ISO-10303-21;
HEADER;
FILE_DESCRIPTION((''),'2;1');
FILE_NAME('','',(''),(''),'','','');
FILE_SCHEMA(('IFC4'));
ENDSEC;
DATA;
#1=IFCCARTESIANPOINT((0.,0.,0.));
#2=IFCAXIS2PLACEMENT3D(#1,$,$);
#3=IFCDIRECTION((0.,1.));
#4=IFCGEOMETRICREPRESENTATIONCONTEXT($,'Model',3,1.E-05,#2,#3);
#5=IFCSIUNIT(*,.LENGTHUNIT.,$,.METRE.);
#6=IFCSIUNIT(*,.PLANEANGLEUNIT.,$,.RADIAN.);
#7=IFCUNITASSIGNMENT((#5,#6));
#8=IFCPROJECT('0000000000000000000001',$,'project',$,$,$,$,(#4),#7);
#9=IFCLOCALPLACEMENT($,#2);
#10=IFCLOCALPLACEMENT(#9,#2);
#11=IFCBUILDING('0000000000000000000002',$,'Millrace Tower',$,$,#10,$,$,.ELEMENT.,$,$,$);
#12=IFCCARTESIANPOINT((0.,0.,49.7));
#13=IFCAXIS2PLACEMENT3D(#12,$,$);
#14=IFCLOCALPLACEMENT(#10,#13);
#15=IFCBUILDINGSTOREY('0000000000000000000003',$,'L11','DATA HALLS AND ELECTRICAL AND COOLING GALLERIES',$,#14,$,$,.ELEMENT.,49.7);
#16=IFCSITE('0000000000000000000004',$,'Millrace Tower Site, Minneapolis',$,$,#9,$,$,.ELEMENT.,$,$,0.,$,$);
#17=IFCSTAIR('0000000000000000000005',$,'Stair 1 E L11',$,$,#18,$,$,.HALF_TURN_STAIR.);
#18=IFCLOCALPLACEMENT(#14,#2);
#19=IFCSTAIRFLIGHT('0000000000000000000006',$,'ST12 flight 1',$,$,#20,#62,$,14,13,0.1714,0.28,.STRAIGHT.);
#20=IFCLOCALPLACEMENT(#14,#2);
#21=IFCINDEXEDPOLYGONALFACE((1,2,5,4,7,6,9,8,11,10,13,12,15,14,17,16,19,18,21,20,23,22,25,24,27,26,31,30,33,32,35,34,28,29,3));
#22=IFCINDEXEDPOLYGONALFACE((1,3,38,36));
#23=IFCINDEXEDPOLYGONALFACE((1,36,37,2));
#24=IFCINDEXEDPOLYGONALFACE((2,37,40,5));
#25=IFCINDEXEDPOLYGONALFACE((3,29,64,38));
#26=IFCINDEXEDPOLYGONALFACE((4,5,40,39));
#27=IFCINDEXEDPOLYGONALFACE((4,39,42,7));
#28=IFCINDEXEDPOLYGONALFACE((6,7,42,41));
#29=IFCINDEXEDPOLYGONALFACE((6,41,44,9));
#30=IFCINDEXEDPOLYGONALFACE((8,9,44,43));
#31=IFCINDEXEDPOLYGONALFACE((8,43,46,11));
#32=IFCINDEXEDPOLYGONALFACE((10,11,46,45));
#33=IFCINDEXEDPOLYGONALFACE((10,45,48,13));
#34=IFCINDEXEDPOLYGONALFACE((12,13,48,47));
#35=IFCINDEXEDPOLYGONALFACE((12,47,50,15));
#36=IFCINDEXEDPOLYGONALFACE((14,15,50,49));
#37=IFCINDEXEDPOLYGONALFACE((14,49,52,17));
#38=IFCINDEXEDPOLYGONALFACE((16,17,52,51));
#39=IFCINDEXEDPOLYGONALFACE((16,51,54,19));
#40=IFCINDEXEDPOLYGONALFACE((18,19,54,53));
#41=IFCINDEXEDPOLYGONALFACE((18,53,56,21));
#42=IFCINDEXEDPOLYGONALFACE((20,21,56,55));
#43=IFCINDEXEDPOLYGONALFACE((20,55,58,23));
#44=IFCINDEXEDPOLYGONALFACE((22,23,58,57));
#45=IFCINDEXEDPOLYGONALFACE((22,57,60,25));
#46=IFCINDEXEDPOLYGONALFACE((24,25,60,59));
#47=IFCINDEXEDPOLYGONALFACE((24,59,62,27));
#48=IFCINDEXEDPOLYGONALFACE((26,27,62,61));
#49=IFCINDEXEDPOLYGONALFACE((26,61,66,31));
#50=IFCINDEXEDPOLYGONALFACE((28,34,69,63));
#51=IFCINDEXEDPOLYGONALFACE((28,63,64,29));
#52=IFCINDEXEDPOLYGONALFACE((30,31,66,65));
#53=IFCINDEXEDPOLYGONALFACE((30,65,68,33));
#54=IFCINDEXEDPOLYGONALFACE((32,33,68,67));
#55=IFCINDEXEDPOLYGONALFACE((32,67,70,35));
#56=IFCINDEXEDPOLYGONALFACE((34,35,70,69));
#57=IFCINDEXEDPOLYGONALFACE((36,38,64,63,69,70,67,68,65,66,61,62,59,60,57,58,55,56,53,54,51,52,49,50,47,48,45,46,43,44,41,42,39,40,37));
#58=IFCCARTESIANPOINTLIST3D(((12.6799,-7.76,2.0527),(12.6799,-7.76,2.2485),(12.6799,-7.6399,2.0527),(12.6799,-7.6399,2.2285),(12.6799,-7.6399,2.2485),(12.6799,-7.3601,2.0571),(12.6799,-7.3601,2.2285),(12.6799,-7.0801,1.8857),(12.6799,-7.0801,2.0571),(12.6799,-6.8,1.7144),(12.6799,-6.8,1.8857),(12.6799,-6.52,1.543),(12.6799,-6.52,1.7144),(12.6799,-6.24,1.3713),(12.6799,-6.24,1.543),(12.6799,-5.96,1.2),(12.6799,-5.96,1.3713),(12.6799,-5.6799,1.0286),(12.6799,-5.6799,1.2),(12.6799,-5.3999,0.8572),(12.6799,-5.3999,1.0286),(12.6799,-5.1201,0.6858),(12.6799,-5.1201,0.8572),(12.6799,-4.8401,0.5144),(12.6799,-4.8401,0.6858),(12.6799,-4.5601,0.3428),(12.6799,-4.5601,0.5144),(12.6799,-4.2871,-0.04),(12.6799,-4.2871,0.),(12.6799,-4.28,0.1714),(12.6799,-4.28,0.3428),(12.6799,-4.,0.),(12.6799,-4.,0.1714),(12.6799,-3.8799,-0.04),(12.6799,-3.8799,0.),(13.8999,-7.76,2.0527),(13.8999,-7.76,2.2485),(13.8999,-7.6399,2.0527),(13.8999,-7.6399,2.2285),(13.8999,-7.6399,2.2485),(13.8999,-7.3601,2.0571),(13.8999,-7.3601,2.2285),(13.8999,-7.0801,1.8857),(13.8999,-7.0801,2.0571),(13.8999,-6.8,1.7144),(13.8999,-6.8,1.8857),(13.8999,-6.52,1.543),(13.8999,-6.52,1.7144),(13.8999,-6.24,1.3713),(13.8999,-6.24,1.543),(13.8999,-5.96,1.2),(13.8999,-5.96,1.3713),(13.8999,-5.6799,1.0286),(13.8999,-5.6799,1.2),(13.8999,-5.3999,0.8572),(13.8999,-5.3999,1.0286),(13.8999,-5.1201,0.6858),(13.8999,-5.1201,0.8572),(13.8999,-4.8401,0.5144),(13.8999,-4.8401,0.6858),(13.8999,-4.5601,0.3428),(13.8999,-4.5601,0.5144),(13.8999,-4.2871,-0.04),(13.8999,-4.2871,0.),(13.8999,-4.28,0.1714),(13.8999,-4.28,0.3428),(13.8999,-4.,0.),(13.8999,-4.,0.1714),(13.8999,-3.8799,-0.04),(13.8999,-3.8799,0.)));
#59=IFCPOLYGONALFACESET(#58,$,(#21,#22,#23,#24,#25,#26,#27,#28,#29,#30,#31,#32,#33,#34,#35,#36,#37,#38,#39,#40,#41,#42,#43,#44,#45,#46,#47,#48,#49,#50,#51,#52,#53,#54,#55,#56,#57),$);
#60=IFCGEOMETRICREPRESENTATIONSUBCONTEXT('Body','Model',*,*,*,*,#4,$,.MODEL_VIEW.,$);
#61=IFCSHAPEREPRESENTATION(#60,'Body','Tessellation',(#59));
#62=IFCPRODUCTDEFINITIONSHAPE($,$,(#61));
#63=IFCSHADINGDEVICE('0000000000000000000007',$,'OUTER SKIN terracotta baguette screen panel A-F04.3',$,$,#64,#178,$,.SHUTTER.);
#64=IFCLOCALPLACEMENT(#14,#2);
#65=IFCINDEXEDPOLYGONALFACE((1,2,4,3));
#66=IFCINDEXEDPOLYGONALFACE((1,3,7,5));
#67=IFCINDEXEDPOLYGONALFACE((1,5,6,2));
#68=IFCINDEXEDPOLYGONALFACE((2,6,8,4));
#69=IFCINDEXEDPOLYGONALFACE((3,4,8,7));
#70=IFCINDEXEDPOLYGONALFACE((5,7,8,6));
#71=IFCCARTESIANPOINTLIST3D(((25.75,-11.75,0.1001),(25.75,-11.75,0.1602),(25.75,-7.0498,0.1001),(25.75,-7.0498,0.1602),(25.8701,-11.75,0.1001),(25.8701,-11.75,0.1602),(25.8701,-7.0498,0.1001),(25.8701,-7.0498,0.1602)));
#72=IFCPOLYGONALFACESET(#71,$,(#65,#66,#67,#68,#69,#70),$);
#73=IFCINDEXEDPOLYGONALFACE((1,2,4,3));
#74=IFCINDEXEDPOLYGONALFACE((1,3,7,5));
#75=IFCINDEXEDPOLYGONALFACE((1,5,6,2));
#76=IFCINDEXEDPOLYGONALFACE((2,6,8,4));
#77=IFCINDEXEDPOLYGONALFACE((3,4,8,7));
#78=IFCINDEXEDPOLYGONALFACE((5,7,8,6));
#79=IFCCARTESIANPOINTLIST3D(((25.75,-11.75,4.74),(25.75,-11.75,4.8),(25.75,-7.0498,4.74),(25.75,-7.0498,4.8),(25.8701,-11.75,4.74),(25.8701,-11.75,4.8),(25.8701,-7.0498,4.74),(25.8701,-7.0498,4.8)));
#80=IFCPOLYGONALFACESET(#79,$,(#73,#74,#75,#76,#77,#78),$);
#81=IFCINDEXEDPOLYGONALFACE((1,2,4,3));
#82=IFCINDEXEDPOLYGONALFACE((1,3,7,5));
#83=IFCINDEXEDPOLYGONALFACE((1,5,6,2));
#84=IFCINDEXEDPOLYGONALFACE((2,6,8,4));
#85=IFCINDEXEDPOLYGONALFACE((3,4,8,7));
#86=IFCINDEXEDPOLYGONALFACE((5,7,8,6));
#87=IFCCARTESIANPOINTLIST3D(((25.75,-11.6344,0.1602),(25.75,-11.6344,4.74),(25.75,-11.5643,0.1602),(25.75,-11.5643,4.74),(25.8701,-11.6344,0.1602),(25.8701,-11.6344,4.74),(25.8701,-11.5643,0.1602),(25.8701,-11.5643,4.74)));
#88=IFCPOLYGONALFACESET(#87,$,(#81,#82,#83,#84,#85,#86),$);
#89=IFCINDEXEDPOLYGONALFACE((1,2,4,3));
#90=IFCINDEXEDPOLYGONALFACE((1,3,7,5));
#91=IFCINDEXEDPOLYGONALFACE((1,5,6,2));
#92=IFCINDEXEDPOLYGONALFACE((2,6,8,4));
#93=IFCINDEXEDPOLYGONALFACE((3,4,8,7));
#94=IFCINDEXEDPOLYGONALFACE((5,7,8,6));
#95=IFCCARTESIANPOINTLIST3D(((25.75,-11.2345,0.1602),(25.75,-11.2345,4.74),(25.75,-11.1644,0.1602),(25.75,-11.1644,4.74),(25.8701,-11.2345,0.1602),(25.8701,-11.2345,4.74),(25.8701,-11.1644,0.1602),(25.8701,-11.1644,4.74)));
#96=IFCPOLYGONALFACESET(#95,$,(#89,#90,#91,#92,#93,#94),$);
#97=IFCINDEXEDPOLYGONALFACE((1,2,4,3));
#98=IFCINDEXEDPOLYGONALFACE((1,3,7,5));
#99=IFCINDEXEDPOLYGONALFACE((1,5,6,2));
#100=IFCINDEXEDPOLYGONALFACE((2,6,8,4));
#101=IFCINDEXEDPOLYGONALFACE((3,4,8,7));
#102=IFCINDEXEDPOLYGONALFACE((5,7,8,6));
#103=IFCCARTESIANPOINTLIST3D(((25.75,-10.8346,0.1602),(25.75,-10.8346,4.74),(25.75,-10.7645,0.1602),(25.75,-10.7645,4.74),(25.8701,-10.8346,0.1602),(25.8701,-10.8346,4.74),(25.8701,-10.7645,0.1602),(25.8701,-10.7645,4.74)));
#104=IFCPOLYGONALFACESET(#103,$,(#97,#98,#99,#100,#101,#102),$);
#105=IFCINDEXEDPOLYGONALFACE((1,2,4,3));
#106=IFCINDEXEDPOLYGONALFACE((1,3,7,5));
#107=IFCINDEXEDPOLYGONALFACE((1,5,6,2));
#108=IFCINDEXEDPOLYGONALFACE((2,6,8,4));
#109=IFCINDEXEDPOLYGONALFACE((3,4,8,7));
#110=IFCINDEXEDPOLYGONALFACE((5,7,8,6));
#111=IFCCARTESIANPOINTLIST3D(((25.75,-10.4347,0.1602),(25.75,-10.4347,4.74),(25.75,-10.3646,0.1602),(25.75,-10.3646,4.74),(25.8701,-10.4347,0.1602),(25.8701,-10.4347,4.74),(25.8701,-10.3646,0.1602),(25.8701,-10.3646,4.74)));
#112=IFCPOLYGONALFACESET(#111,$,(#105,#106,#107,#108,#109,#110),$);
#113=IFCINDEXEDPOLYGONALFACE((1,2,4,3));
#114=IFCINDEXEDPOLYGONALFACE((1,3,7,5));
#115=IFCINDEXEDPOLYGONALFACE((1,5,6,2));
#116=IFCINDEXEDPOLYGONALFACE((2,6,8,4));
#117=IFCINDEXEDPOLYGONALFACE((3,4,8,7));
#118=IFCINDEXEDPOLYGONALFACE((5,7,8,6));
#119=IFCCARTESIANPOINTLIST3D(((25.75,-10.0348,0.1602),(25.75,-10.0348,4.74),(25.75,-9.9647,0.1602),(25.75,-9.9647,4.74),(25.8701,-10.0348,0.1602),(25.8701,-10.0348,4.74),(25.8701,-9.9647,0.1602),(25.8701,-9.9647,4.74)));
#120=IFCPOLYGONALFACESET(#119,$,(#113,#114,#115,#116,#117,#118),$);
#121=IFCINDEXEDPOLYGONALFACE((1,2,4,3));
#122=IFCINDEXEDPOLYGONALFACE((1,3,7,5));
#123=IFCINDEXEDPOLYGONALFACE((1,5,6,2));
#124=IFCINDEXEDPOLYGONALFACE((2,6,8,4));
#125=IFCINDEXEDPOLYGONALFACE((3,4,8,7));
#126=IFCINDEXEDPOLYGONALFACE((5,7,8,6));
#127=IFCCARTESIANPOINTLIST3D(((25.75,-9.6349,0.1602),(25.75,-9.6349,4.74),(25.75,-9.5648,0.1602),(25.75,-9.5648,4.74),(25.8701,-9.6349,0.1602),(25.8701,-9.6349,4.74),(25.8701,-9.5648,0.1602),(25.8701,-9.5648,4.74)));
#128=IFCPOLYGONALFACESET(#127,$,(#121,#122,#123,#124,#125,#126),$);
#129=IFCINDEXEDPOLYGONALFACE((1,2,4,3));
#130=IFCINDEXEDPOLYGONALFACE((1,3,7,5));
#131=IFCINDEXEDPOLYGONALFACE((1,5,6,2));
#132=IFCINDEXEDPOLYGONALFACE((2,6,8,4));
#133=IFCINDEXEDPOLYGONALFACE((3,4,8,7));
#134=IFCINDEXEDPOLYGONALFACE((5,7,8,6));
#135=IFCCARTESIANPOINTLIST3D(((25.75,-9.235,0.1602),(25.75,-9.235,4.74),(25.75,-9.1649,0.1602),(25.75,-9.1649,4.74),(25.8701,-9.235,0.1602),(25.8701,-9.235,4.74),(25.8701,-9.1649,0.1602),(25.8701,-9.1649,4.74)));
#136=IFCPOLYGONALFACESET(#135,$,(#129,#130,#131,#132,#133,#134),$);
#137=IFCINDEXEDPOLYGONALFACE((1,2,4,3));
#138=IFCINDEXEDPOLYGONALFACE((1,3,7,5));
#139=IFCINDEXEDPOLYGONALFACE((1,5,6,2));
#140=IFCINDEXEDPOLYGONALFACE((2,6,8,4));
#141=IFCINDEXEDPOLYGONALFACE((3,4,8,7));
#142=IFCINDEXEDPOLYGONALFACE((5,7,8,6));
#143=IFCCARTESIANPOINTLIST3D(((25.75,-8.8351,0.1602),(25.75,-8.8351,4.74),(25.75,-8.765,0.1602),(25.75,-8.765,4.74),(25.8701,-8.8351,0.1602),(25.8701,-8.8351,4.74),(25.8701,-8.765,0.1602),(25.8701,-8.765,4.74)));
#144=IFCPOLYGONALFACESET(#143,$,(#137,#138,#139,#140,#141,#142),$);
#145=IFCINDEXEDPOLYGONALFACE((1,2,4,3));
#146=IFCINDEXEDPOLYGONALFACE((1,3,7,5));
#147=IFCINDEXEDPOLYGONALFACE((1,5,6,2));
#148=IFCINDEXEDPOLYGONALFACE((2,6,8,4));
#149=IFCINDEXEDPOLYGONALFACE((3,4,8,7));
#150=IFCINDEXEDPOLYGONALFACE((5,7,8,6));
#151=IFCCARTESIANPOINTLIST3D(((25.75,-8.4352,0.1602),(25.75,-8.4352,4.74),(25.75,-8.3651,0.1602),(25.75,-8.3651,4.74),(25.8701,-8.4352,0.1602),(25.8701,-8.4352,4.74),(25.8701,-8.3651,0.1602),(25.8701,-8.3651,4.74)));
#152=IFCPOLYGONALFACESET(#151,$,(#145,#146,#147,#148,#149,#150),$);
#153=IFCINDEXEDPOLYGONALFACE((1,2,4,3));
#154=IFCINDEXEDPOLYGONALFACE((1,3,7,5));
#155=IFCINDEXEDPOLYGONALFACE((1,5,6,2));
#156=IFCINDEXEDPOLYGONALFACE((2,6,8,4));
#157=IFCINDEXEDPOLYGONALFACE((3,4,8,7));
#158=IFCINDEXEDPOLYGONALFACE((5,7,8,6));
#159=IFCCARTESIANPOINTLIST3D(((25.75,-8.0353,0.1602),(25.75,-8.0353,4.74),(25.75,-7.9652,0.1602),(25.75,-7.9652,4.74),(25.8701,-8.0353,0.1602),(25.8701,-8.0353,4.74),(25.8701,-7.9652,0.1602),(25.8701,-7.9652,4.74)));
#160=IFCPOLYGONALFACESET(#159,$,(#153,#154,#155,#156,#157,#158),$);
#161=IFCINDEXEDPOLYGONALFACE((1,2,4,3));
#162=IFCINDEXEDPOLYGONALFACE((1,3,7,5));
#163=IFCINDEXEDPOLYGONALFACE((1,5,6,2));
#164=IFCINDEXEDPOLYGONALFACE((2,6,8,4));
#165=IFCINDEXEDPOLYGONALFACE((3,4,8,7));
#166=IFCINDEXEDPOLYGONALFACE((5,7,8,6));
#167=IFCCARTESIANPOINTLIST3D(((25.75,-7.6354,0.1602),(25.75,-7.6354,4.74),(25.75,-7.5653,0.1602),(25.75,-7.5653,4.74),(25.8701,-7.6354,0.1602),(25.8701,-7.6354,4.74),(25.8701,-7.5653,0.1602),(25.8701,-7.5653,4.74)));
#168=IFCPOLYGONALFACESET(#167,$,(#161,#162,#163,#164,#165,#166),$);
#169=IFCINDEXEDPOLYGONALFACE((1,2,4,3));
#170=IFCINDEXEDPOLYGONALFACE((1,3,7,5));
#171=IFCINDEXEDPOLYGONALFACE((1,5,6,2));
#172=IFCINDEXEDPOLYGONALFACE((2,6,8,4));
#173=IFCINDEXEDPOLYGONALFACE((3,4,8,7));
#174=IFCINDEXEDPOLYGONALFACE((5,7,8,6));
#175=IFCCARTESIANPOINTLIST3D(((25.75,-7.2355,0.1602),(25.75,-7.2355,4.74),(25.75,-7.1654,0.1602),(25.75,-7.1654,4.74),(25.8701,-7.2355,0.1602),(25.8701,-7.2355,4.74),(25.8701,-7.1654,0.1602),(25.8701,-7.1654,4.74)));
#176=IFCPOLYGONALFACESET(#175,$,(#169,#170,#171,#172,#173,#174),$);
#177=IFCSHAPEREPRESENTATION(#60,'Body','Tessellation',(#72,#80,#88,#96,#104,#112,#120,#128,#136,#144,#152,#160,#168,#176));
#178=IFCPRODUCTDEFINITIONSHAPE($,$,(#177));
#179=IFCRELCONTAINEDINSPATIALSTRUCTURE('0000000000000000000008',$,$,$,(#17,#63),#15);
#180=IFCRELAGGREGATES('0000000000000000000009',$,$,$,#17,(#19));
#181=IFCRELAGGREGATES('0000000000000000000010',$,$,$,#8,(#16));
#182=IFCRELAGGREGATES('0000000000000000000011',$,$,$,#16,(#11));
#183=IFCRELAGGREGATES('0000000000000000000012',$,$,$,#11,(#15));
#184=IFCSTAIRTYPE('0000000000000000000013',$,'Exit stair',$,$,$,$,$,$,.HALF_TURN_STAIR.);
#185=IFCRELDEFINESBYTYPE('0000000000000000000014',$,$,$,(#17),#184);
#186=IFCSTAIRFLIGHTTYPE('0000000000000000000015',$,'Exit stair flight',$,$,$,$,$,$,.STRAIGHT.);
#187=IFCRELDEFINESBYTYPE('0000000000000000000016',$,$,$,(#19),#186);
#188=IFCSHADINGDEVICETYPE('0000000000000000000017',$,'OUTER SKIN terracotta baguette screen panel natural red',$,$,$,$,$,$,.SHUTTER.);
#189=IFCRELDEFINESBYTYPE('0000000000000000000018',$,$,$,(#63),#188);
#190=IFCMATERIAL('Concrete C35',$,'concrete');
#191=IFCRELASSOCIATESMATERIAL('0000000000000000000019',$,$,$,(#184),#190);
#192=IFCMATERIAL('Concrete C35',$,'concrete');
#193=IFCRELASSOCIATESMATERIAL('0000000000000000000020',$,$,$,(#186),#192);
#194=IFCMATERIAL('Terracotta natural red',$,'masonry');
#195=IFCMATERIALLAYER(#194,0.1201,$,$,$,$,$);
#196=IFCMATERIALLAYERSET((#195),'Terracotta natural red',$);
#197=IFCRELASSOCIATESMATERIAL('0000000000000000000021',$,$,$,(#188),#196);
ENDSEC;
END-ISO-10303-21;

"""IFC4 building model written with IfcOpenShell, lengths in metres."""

from ifc_helpers import new_model, entity, si_unit, direction, frame, frame_2d, origin, place, context, subcontext, project, spatial, polyline, rectangle, outline, extrude, source, transform, mapped, material, layer, layer_set, type_object, element, aggregate, save


model = new_model("IFC4")

# Units and contexts
model_context = context("Model", 3, precision=1e-05, world=origin(), true_north=direction((0.0, 1.0)))
body_context = subcontext(model_context, "Body", "Model", "MODEL_VIEW")
ifc_project = project(units=[si_unit("LENGTHUNIT", "METRE"), si_unit("PLANEANGLEUNIT", "RADIAN")], contexts=[model_context])

# Site, building, storey
site_placement = place(None, origin())
site = spatial("IfcSite", under=ifc_project, at=site_placement, Name="Millrace Tower Site, Minneapolis", CompositionType="ELEMENT", RefElevation=0.0)
building_placement = place(site_placement, origin())
building = spatial("IfcBuilding", under=site, at=building_placement, Name="Millrace Tower", CompositionType="ELEMENT")
storey_placement = place(building_placement, frame((0.0, 0.0, 49.7)))
storey = spatial("IfcBuildingStorey", under=building, at=storey_placement, Name="L11", Description="DATA HALLS AND ELECTRICAL AND COOLING GALLERIES", CompositionType="ELEMENT", Elevation=49.7)

# Shared definitions
placement = place(storey_placement, origin())

# Stair, stair flight
ifc_material_1 = material(Name="Concrete C35", Category="concrete")
stair_type = type_object("IfcStairType", Name="Exit stair", PredefinedType="HALF_TURN_STAIR", material=ifc_material_1)
stair = element("IfcStair", 1, at=placement, inside=storey, type_object=stair_type, Name="Stair 1 E L11", PredefinedType="HALF_TURN_STAIR")
ifc_material_2 = material(Name="Concrete C35", Category="concrete")
stair_flight_type = type_object("IfcStairFlightType", Name="Exit stair flight", PredefinedType="STRAIGHT", material=ifc_material_2)
stair_flight_placement = place(storey_placement, frame((13.29, -4.0, 0.0), z_axis=(0.0, 0.0, 1.0), x_axis=(0.0, -1.0, 0.0)))
stair_flight = element("IfcStairFlight", 2, at=stair_flight_placement, type_object=stair_flight_type, Name="ST12 flight 1", NumberOfRisers=14, NumberOfTreads=13, PredefinedType="STRAIGHT", RiserHeight=0.1714, TreadLength=0.28, context=body_context, shape_type="SweptSolid", body=[
    extrude(outline(polyline([(-0.1201, -0.04), (-0.1201, 0.0), (0.0, 0.0), (0.0, 0.1714), (0.28, 0.1714), (0.28, 0.3428), (0.5601, 0.3428), (0.5601, 0.5144), (0.8401, 0.5144), (0.8401, 0.6858), (1.1201, 0.6858), (1.1201, 0.8572), (1.3999, 0.8572), (1.3999, 1.0286), (1.6799, 1.0286), (1.6799, 1.2), (1.96, 1.2), (1.96, 1.3713), (2.24, 1.3713), (2.24, 1.543), (2.52, 1.543), (2.52, 1.7144), (2.8, 1.7144), (2.8, 1.8857), (3.0801, 1.8857), (3.0801, 2.0571), (3.3601, 2.0571), (3.3601, 2.2285), (3.6399, 2.2285), (3.6399, 2.2485), (3.76, 2.2485), (3.76, 2.0527), (3.6399, 2.0527), (0.2871, 0.0), (0.2871, -0.04), (-0.1201, -0.04)])), frame((0.0, 0.6099, 0.0), z_axis=(0.0, -1.0, 0.0), x_axis=(1.0, 0.0, 0.0)), (0.0, 0.0, 1.0), 1.22),
])
aggregate(stair, [stair_flight])

# Shading device
cartesian_point = entity("IfcCartesianPoint", [-2.3501, 0.0601])
shared_polyline = entity("IfcPolyline", [cartesian_point, entity("IfcCartesianPoint", [2.3501, 0.0601]), entity("IfcCartesianPoint", [2.3501, -0.0601]), entity("IfcCartesianPoint", [-2.3501, -0.0601]), cartesian_point])
ifc_material_3 = material(Name="Terracotta natural red", Category="masonry")
ifc_layer_1 = layer(ifc_material_3, 0.1201)
ifc_layer_set_1 = layer_set([ifc_layer_1], Name="Terracotta natural red")
shading_device_type_1 = type_object("IfcShadingDeviceType", Name="OUTER SKIN terracotta baguette screen panel natural red", PredefinedType="SHUTTER", material=ifc_layer_set_1)
shared_shape_1 = source(origin(), body_context, "Body", "SweptSolid", [
    entity("IfcExtrudedAreaSolid", entity("IfcArbitraryClosedProfileDef", "AREA", None, shared_polyline), entity("IfcAxis2Placement3D", entity("IfcCartesianPoint", [0.0, 0.0, 0.0])), entity("IfcDirection", [0.0, 0.0, 1.0]), 0.0601),
    entity("IfcExtrudedAreaSolid", entity("IfcArbitraryClosedProfileDef", "AREA", None, shared_polyline), entity("IfcAxis2Placement3D", entity("IfcCartesianPoint", [0.0, 0.0, 4.6399])), entity("IfcDirection", [0.0, 0.0, 1.0]), 0.0601),
    extrude(rectangle(XDim=0.0701, YDim=0.1201, at=frame_2d((-2.1995, 0.0))), frame((0.0, 0.0, 0.0601)), (0.0, 0.0, 1.0), 4.5798),
    extrude(rectangle(XDim=0.0701, YDim=0.1201, at=frame_2d((-1.7996, 0.0))), frame((0.0, 0.0, 0.0601)), (0.0, 0.0, 1.0), 4.5798),
    extrude(rectangle(XDim=0.0701, YDim=0.1201, at=frame_2d((-1.3997, 0.0))), frame((0.0, 0.0, 0.0601)), (0.0, 0.0, 1.0), 4.5798),
    extrude(rectangle(XDim=0.0701, YDim=0.1201, at=frame_2d((-0.9998, 0.0))), frame((0.0, 0.0, 0.0601)), (0.0, 0.0, 1.0), 4.5798),
    extrude(rectangle(XDim=0.0701, YDim=0.1201, at=frame_2d((-0.5999, 0.0))), frame((0.0, 0.0, 0.0601)), (0.0, 0.0, 1.0), 4.5798),
    extrude(rectangle(XDim=0.0701, YDim=0.1201, at=frame_2d((-0.2, 0.0))), frame((0.0, 0.0, 0.0601)), (0.0, 0.0, 1.0), 4.5798),
    extrude(rectangle(XDim=0.0701, YDim=0.1201, at=frame_2d((0.2, 0.0))), frame((0.0, 0.0, 0.0601)), (0.0, 0.0, 1.0), 4.5798),
    extrude(rectangle(XDim=0.0701, YDim=0.1201, at=frame_2d((0.5999, 0.0))), frame((0.0, 0.0, 0.0601)), (0.0, 0.0, 1.0), 4.5798),
    extrude(rectangle(XDim=0.0701, YDim=0.1201, at=frame_2d((0.9998, 0.0))), frame((0.0, 0.0, 0.0601)), (0.0, 0.0, 1.0), 4.5798),
    extrude(rectangle(XDim=0.0701, YDim=0.1201, at=frame_2d((1.3997, 0.0))), frame((0.0, 0.0, 0.0601)), (0.0, 0.0, 1.0), 4.5798),
    extrude(rectangle(XDim=0.0701, YDim=0.1201, at=frame_2d((1.7996, 0.0))), frame((0.0, 0.0, 0.0601)), (0.0, 0.0, 1.0), 4.5798),
    extrude(rectangle(XDim=0.0701, YDim=0.1201, at=frame_2d((2.1995, 0.0))), frame((0.0, 0.0, 0.0601)), (0.0, 0.0, 1.0), 4.5798),
])
for number, where, z_axis, x_axis, name in (
    (3, (25.8101, -9.3999, 0.1001), (0.0, 0.0, 1.0), (0.0, 1.0, 0.0), "OUTER SKIN terracotta baguette screen panel A-F04.3"),
):
    element("IfcShadingDevice", number, at=place(storey_placement, frame(where, z_axis=z_axis, x_axis=x_axis)), inside=storey, type_object=shading_device_type_1, Name=name, PredefinedType="SHUTTER", context=body_context, shape_type="MappedRepresentation", body=[
        mapped(shared_shape_1, transform((0.0, 0.0, 0.0), scale=1.0)),
    ])

save(model, "model.ifc")
